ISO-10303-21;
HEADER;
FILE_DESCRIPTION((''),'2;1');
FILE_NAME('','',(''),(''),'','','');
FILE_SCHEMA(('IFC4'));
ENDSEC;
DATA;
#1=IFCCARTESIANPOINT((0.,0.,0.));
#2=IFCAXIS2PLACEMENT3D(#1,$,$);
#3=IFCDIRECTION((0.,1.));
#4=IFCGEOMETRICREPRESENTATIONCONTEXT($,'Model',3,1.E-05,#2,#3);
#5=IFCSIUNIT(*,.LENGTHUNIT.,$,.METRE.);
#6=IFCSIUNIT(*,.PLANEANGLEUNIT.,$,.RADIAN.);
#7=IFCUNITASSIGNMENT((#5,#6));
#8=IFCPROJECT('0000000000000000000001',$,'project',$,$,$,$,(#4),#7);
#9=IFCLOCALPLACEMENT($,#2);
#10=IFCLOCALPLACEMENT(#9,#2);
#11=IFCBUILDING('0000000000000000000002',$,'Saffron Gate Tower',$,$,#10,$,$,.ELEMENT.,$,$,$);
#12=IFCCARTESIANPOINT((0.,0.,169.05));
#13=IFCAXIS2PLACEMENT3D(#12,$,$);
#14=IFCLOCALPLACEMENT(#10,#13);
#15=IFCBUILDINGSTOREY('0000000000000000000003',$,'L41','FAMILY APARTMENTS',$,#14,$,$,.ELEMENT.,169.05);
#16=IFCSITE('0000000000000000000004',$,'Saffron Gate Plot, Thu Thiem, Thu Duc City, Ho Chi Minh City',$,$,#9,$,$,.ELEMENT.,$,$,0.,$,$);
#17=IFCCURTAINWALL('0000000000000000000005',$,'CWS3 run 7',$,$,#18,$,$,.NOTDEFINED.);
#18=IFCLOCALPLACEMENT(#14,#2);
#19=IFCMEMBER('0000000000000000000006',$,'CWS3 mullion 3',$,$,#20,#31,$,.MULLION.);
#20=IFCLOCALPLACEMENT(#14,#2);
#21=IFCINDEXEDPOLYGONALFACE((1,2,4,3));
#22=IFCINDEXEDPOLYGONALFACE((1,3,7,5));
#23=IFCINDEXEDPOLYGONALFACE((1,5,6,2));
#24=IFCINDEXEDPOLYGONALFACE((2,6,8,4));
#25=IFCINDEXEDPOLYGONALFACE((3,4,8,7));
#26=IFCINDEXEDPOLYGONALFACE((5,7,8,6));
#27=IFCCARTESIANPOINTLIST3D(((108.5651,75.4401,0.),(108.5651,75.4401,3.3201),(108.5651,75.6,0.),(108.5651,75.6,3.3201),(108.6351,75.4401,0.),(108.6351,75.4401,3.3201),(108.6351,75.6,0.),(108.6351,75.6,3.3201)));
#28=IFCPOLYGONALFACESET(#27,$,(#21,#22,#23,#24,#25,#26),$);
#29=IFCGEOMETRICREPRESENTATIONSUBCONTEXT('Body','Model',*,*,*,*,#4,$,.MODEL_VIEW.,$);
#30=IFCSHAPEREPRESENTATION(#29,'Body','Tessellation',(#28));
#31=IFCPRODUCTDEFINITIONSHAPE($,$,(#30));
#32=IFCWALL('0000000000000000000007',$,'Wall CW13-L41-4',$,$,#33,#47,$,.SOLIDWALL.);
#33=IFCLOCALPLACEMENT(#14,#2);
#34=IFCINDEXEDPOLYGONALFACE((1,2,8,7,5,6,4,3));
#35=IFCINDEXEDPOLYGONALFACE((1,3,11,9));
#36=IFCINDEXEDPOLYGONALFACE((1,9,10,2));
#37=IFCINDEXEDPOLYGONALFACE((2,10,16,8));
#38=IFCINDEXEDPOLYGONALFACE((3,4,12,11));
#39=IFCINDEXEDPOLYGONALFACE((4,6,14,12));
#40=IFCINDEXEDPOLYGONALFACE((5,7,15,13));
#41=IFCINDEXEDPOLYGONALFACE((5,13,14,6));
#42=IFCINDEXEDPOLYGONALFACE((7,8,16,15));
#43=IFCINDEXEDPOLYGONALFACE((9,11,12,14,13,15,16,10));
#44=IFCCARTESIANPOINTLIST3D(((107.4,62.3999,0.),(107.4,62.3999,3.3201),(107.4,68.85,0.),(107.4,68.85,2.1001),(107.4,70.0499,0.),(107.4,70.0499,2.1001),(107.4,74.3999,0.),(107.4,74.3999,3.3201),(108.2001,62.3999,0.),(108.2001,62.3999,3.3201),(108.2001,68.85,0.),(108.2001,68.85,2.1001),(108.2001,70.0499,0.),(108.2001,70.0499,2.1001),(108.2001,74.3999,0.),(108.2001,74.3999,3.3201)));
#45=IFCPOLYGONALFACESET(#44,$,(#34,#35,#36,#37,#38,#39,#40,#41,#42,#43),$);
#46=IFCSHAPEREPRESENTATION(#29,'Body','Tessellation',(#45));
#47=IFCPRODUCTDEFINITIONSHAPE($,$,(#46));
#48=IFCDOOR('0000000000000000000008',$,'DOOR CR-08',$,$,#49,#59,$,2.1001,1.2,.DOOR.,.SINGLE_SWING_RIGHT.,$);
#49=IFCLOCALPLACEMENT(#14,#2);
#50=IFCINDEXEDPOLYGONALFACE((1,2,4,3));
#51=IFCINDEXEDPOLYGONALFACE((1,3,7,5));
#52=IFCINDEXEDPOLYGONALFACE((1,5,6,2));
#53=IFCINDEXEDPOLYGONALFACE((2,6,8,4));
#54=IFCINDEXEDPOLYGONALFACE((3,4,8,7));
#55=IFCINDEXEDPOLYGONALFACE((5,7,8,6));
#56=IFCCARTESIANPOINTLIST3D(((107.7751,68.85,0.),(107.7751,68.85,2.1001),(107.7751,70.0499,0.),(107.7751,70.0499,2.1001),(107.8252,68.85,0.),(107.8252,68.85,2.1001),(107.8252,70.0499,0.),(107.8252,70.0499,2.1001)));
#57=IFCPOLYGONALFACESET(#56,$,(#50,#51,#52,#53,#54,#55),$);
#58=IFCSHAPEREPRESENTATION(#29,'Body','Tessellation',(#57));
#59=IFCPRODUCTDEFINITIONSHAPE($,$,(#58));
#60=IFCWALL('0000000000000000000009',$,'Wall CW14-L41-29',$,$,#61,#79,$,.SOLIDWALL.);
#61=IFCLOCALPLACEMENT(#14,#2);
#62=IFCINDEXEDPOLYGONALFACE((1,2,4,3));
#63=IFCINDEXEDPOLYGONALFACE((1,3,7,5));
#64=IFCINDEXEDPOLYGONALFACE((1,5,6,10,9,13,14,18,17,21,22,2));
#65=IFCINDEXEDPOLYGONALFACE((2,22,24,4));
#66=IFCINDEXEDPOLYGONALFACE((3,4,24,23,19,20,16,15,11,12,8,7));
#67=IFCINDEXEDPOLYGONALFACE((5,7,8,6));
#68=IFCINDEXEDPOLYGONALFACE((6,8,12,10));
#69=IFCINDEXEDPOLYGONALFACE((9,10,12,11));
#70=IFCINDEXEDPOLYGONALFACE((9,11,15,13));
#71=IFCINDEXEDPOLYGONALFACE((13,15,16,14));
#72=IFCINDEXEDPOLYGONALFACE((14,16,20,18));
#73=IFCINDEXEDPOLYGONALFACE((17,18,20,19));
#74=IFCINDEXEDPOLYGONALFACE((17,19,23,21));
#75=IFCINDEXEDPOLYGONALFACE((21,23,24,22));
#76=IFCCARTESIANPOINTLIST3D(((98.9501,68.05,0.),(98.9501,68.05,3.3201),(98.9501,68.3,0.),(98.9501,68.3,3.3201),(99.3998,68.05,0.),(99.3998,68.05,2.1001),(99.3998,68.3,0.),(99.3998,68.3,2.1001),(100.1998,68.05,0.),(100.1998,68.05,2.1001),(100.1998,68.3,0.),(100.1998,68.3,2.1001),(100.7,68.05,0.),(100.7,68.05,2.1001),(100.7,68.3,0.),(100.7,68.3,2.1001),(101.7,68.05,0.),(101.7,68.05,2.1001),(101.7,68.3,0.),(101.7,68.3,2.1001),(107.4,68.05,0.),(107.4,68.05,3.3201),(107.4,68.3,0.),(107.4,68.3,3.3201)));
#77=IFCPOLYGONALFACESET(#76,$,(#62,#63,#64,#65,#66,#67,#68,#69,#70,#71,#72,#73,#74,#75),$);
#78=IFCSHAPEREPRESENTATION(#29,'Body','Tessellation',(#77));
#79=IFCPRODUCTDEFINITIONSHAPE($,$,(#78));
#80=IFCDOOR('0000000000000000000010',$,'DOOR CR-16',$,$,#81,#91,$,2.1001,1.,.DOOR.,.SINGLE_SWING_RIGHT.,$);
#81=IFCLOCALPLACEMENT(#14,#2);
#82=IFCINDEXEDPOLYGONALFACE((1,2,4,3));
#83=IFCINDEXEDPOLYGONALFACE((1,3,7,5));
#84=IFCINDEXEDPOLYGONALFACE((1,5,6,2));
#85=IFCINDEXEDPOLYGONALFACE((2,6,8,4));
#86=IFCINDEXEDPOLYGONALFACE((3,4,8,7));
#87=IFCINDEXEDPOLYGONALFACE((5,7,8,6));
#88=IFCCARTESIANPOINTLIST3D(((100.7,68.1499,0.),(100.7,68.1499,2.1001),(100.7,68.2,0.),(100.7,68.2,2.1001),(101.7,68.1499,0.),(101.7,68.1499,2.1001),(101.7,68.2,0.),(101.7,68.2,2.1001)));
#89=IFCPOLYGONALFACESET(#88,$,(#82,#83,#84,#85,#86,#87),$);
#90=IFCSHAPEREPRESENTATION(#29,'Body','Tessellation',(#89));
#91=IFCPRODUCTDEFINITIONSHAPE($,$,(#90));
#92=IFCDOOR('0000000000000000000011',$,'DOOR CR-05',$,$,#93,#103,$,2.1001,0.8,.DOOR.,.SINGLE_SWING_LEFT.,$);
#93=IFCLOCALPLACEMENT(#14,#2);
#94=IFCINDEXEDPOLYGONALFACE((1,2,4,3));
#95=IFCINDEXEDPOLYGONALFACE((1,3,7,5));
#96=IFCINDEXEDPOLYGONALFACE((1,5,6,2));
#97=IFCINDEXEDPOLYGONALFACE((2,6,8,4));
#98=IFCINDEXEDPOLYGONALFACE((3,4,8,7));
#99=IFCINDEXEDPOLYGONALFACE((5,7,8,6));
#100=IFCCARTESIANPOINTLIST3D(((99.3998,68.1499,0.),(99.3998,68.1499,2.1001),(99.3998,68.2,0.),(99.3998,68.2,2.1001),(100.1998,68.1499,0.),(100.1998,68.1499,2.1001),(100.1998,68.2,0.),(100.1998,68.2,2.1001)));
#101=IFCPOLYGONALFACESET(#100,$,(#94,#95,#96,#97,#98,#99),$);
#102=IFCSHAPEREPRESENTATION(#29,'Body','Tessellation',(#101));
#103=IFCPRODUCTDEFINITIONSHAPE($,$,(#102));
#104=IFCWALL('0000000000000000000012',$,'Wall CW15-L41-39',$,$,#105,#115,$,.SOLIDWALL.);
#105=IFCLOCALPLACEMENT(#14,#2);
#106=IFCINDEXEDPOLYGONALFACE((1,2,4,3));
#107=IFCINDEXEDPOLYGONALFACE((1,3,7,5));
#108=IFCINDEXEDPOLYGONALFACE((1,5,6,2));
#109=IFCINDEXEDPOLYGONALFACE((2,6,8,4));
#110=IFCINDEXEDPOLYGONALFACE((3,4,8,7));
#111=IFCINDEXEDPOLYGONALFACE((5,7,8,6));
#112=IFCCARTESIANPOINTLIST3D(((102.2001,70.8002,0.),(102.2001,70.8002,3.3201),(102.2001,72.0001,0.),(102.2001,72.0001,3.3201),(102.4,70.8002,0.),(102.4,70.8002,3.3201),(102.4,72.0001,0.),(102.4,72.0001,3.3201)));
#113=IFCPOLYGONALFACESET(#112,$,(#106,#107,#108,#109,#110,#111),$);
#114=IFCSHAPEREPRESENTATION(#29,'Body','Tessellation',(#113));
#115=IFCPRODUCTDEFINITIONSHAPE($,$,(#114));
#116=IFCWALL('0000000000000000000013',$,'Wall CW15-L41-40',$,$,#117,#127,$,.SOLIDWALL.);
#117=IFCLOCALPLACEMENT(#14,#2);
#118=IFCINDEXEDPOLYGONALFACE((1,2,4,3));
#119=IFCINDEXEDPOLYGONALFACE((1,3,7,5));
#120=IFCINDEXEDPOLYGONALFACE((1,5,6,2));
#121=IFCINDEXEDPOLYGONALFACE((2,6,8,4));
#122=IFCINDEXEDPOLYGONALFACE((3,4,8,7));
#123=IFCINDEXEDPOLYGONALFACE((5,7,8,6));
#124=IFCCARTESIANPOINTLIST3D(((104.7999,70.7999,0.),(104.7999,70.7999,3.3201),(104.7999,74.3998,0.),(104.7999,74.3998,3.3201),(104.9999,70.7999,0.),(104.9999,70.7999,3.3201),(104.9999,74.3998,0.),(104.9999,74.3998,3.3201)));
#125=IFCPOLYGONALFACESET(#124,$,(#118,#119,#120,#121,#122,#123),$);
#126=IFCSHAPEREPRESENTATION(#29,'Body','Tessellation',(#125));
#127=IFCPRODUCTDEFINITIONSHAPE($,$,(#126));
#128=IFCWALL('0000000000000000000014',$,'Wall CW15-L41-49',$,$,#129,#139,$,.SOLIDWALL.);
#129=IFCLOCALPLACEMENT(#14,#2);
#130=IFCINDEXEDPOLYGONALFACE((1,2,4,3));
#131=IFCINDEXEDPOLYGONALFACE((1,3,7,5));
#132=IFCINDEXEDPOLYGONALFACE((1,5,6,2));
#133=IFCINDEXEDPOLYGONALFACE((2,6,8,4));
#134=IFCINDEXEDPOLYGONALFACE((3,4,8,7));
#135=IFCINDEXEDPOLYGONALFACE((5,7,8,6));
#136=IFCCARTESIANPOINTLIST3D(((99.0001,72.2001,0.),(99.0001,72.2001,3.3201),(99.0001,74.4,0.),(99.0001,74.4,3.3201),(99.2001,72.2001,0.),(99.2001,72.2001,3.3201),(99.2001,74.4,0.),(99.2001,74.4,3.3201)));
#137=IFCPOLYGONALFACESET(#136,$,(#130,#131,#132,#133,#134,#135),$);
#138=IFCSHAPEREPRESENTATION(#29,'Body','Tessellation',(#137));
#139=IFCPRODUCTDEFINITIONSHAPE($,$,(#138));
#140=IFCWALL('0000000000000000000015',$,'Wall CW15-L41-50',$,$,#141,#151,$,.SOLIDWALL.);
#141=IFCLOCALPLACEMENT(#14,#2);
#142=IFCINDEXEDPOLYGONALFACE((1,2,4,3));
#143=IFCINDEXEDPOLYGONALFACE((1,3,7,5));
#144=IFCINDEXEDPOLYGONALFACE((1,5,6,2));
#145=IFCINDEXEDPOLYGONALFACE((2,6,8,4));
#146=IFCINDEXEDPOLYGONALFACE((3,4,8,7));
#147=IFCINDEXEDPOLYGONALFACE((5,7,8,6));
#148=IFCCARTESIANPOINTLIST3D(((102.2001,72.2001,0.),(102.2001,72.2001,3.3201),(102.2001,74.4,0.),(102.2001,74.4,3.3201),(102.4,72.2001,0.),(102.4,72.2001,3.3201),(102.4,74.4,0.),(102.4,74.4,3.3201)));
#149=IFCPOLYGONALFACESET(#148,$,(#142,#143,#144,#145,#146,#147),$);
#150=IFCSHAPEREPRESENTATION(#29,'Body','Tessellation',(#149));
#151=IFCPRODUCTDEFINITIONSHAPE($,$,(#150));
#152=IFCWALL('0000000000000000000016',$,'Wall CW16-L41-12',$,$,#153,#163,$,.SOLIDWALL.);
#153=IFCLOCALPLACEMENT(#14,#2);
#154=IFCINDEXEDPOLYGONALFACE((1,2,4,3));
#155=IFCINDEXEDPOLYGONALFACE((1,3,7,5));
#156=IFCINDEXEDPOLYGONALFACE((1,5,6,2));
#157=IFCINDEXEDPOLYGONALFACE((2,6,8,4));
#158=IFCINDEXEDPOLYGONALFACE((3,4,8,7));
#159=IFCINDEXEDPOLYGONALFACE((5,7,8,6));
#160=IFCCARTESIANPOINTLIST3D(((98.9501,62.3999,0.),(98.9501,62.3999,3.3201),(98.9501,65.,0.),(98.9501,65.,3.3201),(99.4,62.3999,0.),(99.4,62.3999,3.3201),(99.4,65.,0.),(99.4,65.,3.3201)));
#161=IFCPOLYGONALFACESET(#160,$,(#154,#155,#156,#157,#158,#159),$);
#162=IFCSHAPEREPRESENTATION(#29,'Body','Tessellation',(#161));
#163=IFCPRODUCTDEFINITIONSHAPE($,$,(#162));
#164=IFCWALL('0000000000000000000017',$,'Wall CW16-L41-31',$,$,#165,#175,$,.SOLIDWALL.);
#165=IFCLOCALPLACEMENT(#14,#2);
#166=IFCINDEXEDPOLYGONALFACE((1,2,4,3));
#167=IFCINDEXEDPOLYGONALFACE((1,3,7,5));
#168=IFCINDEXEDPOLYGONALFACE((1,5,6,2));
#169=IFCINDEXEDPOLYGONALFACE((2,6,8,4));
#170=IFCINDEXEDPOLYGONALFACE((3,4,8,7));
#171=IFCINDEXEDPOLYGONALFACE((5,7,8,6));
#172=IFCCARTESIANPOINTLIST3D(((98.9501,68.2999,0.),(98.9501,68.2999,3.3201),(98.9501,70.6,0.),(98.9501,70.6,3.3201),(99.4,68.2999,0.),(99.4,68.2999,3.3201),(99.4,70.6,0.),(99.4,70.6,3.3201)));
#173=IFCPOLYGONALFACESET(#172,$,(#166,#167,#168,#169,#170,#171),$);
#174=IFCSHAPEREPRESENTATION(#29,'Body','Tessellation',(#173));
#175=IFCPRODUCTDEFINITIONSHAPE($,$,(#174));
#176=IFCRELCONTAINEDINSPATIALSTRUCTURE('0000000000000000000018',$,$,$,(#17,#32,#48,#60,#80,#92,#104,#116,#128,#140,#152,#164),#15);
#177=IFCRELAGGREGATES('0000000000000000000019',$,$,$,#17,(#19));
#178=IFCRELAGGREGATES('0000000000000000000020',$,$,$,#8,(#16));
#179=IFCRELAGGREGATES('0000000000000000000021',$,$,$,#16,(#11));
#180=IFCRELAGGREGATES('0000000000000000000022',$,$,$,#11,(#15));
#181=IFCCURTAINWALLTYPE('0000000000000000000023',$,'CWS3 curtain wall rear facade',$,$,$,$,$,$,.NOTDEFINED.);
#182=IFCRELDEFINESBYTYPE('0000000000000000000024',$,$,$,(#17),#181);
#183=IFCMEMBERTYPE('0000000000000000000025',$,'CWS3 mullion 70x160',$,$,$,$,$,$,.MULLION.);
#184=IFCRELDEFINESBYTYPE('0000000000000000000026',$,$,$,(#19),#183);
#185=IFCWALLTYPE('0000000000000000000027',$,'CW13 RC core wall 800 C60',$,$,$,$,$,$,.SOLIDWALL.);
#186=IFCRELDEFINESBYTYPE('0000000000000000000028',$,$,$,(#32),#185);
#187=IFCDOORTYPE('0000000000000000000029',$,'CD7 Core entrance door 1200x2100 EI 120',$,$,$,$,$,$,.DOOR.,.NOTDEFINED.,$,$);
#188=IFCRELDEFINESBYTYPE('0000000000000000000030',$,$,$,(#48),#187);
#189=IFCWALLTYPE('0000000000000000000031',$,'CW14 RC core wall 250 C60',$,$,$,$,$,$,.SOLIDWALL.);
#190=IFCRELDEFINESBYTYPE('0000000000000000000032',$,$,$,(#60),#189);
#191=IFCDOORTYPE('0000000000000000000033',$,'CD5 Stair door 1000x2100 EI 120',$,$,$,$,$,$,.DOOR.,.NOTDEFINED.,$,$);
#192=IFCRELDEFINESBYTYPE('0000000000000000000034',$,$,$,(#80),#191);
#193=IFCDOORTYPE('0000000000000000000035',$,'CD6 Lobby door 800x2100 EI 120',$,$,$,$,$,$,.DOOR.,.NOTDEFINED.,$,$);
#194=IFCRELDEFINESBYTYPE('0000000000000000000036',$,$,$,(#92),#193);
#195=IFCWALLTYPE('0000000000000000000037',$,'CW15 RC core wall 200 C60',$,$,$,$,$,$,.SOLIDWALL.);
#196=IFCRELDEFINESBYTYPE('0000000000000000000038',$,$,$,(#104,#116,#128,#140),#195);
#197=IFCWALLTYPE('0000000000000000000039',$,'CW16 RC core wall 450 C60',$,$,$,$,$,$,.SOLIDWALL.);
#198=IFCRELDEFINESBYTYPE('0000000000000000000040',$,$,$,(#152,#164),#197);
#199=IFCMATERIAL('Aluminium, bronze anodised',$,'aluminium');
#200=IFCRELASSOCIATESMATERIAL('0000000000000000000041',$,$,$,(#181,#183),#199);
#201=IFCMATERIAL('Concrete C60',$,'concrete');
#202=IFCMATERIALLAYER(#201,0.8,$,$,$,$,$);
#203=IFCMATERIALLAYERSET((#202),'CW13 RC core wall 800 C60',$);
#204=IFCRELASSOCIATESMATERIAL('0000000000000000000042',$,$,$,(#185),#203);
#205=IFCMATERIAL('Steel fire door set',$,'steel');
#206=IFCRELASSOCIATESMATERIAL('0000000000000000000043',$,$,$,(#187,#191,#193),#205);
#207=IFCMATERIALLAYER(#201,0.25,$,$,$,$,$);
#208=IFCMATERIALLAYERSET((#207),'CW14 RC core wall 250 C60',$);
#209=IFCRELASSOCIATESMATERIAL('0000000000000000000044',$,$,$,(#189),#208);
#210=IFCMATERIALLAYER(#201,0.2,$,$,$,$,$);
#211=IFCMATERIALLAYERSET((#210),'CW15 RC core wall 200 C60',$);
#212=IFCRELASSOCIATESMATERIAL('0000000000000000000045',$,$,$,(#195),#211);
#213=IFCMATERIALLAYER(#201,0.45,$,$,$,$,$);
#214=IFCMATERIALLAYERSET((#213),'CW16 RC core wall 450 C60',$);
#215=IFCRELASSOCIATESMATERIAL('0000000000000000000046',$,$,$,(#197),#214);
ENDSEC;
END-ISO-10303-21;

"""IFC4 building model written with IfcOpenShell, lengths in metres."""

from ifc_helpers import new_model, si_unit, direction, frame, frame_2d, origin, origin_2d, place, context, subcontext, project, spatial, rectangle, extrude, material, layer, layer_set, material_profile, profile_set, type_object, element, fill, aggregate, save


model = new_model("IFC4")

# Units and contexts
model_context = context("Model", 3, precision=1e-05, world=origin(), true_north=direction((0.0, 1.0)))
body_context = subcontext(model_context, "Body", "Model", "MODEL_VIEW")
ifc_project = project(units=[si_unit("LENGTHUNIT", "METRE"), si_unit("PLANEANGLEUNIT", "RADIAN")], contexts=[model_context])

# Site, building, storey
site_placement = place(None, origin())
site = spatial("IfcSite", under=ifc_project, at=site_placement, Name="Saffron Gate Plot, Thu Thiem, Thu Duc City, Ho Chi Minh City", CompositionType="ELEMENT", RefElevation=0.0)
building_placement = place(site_placement, origin())
building = spatial("IfcBuilding", under=site, at=building_placement, Name="Saffron Gate Tower", CompositionType="ELEMENT")
storey_placement = place(building_placement, frame((0.0, 0.0, 169.05)))
storey = spatial("IfcBuildingStorey", under=building, at=storey_placement, Name="L41", Description="FAMILY APARTMENTS", CompositionType="ELEMENT", Elevation=169.05)

# Curtain wall, member
ifc_material_1 = material(Name="Aluminium, bronze anodised", Category="aluminium")
curtain_wall_type = type_object("IfcCurtainWallType", Name="CWS3 curtain wall rear facade", PredefinedType="NOTDEFINED", material=ifc_material_1)
curtain_wall_placement = place(storey_placement, origin())
curtain_wall = element("IfcCurtainWall", 1, at=curtain_wall_placement, inside=storey, type_object=curtain_wall_type, Name="CWS3 run 7", PredefinedType="NOTDEFINED")
ifc_material_profile = material_profile(ifc_material_1, rectangle(XDim=0.1599, YDim=0.0701, at=origin_2d()))
ifc_profile_set = profile_set([ifc_material_profile], Name="Aluminium, bronze anodised")
member_type = type_object("IfcMemberType", Name="CWS3 mullion 70x160", PredefinedType="MULLION", material=ifc_profile_set)
member_placement = place(storey_placement, frame((108.6001, 75.52, 0.0), z_axis=(0.0, 0.0, 1.0), x_axis=(0.0, -1.0, 0.0)))
member = element("IfcMember", 2, at=member_placement, type_object=member_type, Name="CWS3 mullion 3", PredefinedType="MULLION", context=body_context, shape_type="SweptSolid", body=[
    extrude(rectangle(XDim=0.1599, YDim=0.0701, at=origin_2d()), origin(), (0.0, 0.0, 1.0), 3.3201),
])
aggregate(curtain_wall, [member])

# Wall, opening, door
ifc_material_2 = material(Name="Concrete C60", Category="concrete")
ifc_layer_1 = layer(ifc_material_2, 0.8)
ifc_layer_set_1 = layer_set([ifc_layer_1], Name="CW13 RC core wall 800 C60")
wall_type_1 = type_object("IfcWallType", Name="CW13 RC core wall 800 C60", PredefinedType="SOLIDWALL", material=ifc_layer_set_1)
wall_1_placement = place(storey_placement, frame((107.8, 62.3999, 0.0), z_axis=(0.0, 0.0, 1.0), x_axis=(0.0, 1.0, 0.0)))
wall_1 = element("IfcWall", 3, at=wall_1_placement, inside=storey, type_object=wall_type_1, Name="Wall CW13-L41-4", PredefinedType="SOLIDWALL", context=body_context, shape_type="SweptSolid", body=[
    extrude(rectangle(XDim=12.0, YDim=0.8, at=frame_2d((6.0, 0.0))), origin(), (0.0, 0.0, 1.0), 3.3201),
])
opening_1_placement = place(wall_1_placement, frame((6.45, 0.0, 0.0)))
opening_1 = element("IfcOpeningElement", 4, at=opening_1_placement, cuts=wall_1, PredefinedType="OPENING", context=body_context, shape_type="SweptSolid", body=[
    extrude(rectangle(XDim=1.2, YDim=2.1001, at=frame_2d((0.6001, 1.05))), frame((0.0, 0.4102, 0.0), z_axis=(0.0, -1.0, 0.0), x_axis=(1.0, 0.0, 0.0)), (0.0, 0.0, 1.0), 0.8201),
])
ifc_material_3 = material(Name="Steel fire door set", Category="steel")
door_type_1 = type_object("IfcDoorType", Name="CD7 Core entrance door 1200x2100 EI 120", OperationType="NOTDEFINED", PredefinedType="DOOR", material=ifc_material_3)
door_1_placement = place(opening_1_placement, origin())
door_1 = element("IfcDoor", 5, at=door_1_placement, inside=storey, type_object=door_type_1, Name="DOOR CR-08", OperationType="SINGLE_SWING_RIGHT", OverallHeight=2.1001, OverallWidth=1.2, PredefinedType="DOOR", context=body_context, shape_type="SweptSolid", body=[
    extrude(rectangle(XDim=1.2, YDim=2.1001, at=frame_2d((0.6001, 1.05))), frame((0.0, 0.0249, 0.0), z_axis=(0.0, -1.0, 0.0), x_axis=(1.0, 0.0, 0.0)), (0.0, 0.0, 1.0), 0.05),
])
fill(opening_1, door_1)

# Wall, openings, doors
ifc_layer_2 = layer(ifc_material_2, 0.25)
ifc_layer_set_2 = layer_set([ifc_layer_2], Name="CW14 RC core wall 250 C60")
wall_type_2 = type_object("IfcWallType", Name="CW14 RC core wall 250 C60", PredefinedType="SOLIDWALL", material=ifc_layer_set_2)
wall_2_placement = place(storey_placement, frame((98.95, 68.175, 0.0), z_axis=(0.0, 0.0, 1.0), x_axis=(1.0, 0.0, 0.0)))
wall_2 = element("IfcWall", 6, at=wall_2_placement, inside=storey, type_object=wall_type_2, Name="Wall CW14-L41-29", PredefinedType="SOLIDWALL", context=body_context, shape_type="SweptSolid", body=[
    extrude(rectangle(XDim=8.45, YDim=0.25, at=frame_2d((4.2251, 0.0))), origin(), (0.0, 0.0, 1.0), 3.3201),
])
opening_2_placement = place(wall_2_placement, frame((0.45, 0.0, 0.0)))
opening_2 = element("IfcOpeningElement", 7, at=opening_2_placement, cuts=wall_2, PredefinedType="OPENING", context=body_context, shape_type="SweptSolid", body=[
    extrude(rectangle(XDim=0.8, YDim=2.1001, at=frame_2d((0.3999, 1.05))), frame((0.0, 0.135, 0.0), z_axis=(0.0, -1.0, 0.0), x_axis=(1.0, 0.0, 0.0)), (0.0, 0.0, 1.0), 0.27),
])
opening_3_placement = place(wall_2_placement, frame((1.75, 0.0, 0.0)))
opening_3 = element("IfcOpeningElement", 8, at=opening_3_placement, cuts=wall_2, PredefinedType="OPENING", context=body_context, shape_type="SweptSolid", body=[
    extrude(rectangle(XDim=1.0, YDim=2.1001, at=frame_2d((0.5, 1.05))), frame((0.0, 0.135, 0.0), z_axis=(0.0, -1.0, 0.0), x_axis=(1.0, 0.0, 0.0)), (0.0, 0.0, 1.0), 0.27),
])
door_type_2 = type_object("IfcDoorType", Name="CD5 Stair door 1000x2100 EI 120", OperationType="NOTDEFINED", PredefinedType="DOOR", material=ifc_material_3)
door_2_placement = place(opening_3_placement, origin())
door_2 = element("IfcDoor", 9, at=door_2_placement, inside=storey, type_object=door_type_2, Name="DOOR CR-16", OperationType="SINGLE_SWING_RIGHT", OverallHeight=2.1001, OverallWidth=1.0, PredefinedType="DOOR", context=body_context, shape_type="SweptSolid", body=[
    extrude(rectangle(XDim=1.0, YDim=2.1001, at=frame_2d((0.5, 1.05))), frame((0.0, 0.0249, 0.0), z_axis=(0.0, -1.0, 0.0), x_axis=(1.0, 0.0, 0.0)), (0.0, 0.0, 1.0), 0.05),
])
fill(opening_3, door_2)
door_type_3 = type_object("IfcDoorType", Name="CD6 Lobby door 800x2100 EI 120", OperationType="NOTDEFINED", PredefinedType="DOOR", material=ifc_material_3)
door_3_placement = place(opening_2_placement, origin())
door_3 = element("IfcDoor", 10, at=door_3_placement, inside=storey, type_object=door_type_3, Name="DOOR CR-05", OperationType="SINGLE_SWING_LEFT", OverallHeight=2.1001, OverallWidth=0.8, PredefinedType="DOOR", context=body_context, shape_type="SweptSolid", body=[
    extrude(rectangle(XDim=0.8, YDim=2.1001, at=frame_2d((0.3999, 1.05))), frame((0.0, 0.0249, 0.0), z_axis=(0.0, -1.0, 0.0), x_axis=(1.0, 0.0, 0.0)), (0.0, 0.0, 1.0), 0.05),
])
fill(opening_2, door_3)

# Walls
ifc_layer_3 = layer(ifc_material_2, 0.2)
ifc_layer_set_3 = layer_set([ifc_layer_3], Name="CW15 RC core wall 200 C60")
wall_type_3 = type_object("IfcWallType", Name="CW15 RC core wall 200 C60", PredefinedType="SOLIDWALL", material=ifc_layer_set_3)
wall_3_placement = place(storey_placement, frame((102.3, 70.8, 0.0), z_axis=(0.0, 0.0, 1.0), x_axis=(0.0, 1.0, 0.0)))
element("IfcWall", 11, at=wall_3_placement, inside=storey, type_object=wall_type_3, Name="Wall CW15-L41-39", PredefinedType="SOLIDWALL", context=body_context, shape_type="SweptSolid", body=[
    extrude(rectangle(XDim=1.2, YDim=0.2, at=frame_2d((0.6001, 0.0))), origin(), (0.0, 0.0, 1.0), 3.3201),
])
wall_4_placement = place(storey_placement, frame((104.8999, 70.8, 0.0), z_axis=(0.0, 0.0, 1.0), x_axis=(0.0, 1.0, 0.0)))
element("IfcWall", 12, at=wall_4_placement, inside=storey, type_object=wall_type_3, Name="Wall CW15-L41-40", PredefinedType="SOLIDWALL", context=body_context, shape_type="SweptSolid", body=[
    extrude(rectangle(XDim=3.5999, YDim=0.2, at=frame_2d((1.7998, 0.0))), origin(), (0.0, 0.0, 1.0), 3.3201),
])
for number, where, z_axis, x_axis, name in (
    (13, (99.1001, 72.2, 0.0), (0.0, 0.0, 1.0), (0.0, 1.0, 0.0), "Wall CW15-L41-49"),
    (14, (102.3, 72.2, 0.0), (0.0, 0.0, 1.0), (0.0, 1.0, 0.0), "Wall CW15-L41-50"),
):
    element("IfcWall", number, at=place(storey_placement, frame(where, z_axis=z_axis, x_axis=x_axis)), inside=storey, type_object=wall_type_3, Name=name, PredefinedType="SOLIDWALL", context=body_context, shape_type="SweptSolid", body=[
        extrude(rectangle(XDim=2.2, YDim=0.2, at=frame_2d((1.1001, 0.0))), origin(), (0.0, 0.0, 1.0), 3.3201),
    ])
ifc_layer_4 = layer(ifc_material_2, 0.45)
ifc_layer_set_4 = layer_set([ifc_layer_4], Name="CW16 RC core wall 450 C60")
wall_type_4 = type_object("IfcWallType", Name="CW16 RC core wall 450 C60", PredefinedType="SOLIDWALL", material=ifc_layer_set_4)
wall_5_placement = place(storey_placement, frame((99.175, 62.3999, 0.0), z_axis=(0.0, 0.0, 1.0), x_axis=(0.0, 1.0, 0.0)))
element("IfcWall", 15, at=wall_5_placement, inside=storey, type_object=wall_type_4, Name="Wall CW16-L41-12", PredefinedType="SOLIDWALL", context=body_context, shape_type="SweptSolid", body=[
    extrude(rectangle(XDim=2.6001, YDim=0.45, at=frame_2d((1.3, 0.0))), origin(), (0.0, 0.0, 1.0), 3.3201),
])
wall_6_placement = place(storey_placement, frame((99.175, 68.3, 0.0), z_axis=(0.0, 0.0, 1.0), x_axis=(0.0, 1.0, 0.0)))
element("IfcWall", 16, at=wall_6_placement, inside=storey, type_object=wall_type_4, Name="Wall CW16-L41-31", PredefinedType="SOLIDWALL", context=body_context, shape_type="SweptSolid", body=[
    extrude(rectangle(XDim=2.3, YDim=0.45, at=frame_2d((1.1499, 0.0))), origin(), (0.0, 0.0, 1.0), 3.3201),
])

save(model, "model.ifc")
